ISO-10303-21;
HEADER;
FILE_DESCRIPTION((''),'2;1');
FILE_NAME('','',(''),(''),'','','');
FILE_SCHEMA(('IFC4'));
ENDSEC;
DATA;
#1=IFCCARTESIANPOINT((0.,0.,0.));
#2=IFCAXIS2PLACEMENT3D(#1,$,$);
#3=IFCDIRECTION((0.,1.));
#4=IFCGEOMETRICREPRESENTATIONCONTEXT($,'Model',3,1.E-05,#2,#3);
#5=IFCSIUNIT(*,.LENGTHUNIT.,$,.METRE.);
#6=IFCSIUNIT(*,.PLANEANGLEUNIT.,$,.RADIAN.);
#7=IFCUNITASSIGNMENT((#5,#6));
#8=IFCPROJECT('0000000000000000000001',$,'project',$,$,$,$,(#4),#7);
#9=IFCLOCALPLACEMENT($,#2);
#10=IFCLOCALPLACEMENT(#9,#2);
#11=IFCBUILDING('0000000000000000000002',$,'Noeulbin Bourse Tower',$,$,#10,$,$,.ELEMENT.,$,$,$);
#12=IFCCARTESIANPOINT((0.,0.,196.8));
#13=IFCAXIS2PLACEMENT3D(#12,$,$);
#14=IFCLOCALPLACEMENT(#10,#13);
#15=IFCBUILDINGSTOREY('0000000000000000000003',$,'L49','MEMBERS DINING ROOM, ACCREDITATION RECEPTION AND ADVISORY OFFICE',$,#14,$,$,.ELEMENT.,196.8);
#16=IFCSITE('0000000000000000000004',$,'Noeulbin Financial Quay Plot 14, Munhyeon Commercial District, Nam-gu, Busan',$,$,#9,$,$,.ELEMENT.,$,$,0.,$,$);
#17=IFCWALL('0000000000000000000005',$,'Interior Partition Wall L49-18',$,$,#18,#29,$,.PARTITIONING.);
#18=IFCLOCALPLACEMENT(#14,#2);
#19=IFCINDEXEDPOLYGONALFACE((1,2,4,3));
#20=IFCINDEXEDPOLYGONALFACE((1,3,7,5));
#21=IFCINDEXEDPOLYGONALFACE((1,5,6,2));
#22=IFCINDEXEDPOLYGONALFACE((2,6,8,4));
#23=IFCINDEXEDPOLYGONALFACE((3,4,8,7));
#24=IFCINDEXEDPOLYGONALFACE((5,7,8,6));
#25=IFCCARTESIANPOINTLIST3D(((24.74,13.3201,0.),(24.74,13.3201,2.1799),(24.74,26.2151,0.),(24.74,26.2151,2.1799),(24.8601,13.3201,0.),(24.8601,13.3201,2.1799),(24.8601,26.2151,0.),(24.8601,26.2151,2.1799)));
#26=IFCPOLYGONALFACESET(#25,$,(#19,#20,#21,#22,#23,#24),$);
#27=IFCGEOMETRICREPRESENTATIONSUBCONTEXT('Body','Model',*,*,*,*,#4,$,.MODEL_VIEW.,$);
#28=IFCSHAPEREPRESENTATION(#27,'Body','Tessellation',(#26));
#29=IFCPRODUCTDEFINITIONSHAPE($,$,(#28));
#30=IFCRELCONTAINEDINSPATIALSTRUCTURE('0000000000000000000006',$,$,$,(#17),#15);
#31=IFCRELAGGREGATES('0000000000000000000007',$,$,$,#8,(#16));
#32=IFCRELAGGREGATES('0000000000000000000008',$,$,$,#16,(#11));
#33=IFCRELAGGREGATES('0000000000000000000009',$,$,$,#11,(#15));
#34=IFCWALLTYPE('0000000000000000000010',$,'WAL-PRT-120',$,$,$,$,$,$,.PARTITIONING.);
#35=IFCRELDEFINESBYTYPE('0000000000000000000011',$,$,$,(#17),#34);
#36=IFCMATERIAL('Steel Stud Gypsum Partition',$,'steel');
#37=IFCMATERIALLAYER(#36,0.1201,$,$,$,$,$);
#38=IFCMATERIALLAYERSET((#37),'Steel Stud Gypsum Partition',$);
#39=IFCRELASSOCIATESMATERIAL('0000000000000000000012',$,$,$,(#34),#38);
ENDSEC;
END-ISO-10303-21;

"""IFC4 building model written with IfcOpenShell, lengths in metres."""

from ifc_helpers import new_model, si_unit, direction, frame, frame_2d, origin, place, context, subcontext, project, spatial, rectangle, extrude, material, layer, layer_set, type_object, element, save


model = new_model("IFC4")

# Units and contexts
model_context = context("Model", 3, precision=1e-05, world=origin(), true_north=direction((0.0, 1.0)))
body_context = subcontext(model_context, "Body", "Model", "MODEL_VIEW")
ifc_project = project(units=[si_unit("LENGTHUNIT", "METRE"), si_unit("PLANEANGLEUNIT", "RADIAN")], contexts=[model_context])

# Site, building, storey
site_placement = place(None, origin())
site = spatial("IfcSite", under=ifc_project, at=site_placement, Name="Noeulbin Financial Quay Plot 14, Munhyeon Commercial District, Nam-gu, Busan", CompositionType="ELEMENT", RefElevation=0.0)
building_placement = place(site_placement, origin())
building = spatial("IfcBuilding", under=site, at=building_placement, Name="Noeulbin Bourse Tower", CompositionType="ELEMENT")
storey_placement = place(building_placement, frame((0.0, 0.0, 196.8)))
storey = spatial("IfcBuildingStorey", under=building, at=storey_placement, Name="L49", Description="MEMBERS DINING ROOM, ACCREDITATION RECEPTION AND ADVISORY OFFICE", CompositionType="ELEMENT", Elevation=196.8)

# Wall
ifc_material_1 = material(Name="Steel Stud Gypsum Partition", Category="steel")
ifc_layer_1 = layer(ifc_material_1, 0.1201)
ifc_layer_set_1 = layer_set([ifc_layer_1], Name="Steel Stud Gypsum Partition")
wall_type_1 = type_object("IfcWallType", Name="WAL-PRT-120", PredefinedType="PARTITIONING", material=ifc_layer_set_1)
wall_1_placement = place(storey_placement, frame((24.8, 13.3201, 0.0), z_axis=(0.0, 0.0, 1.0), x_axis=(0.0, 1.0, 0.0)))
element("IfcWall", 1, at=wall_1_placement, inside=storey, type_object=wall_type_1, Name="Interior Partition Wall L49-18", PredefinedType="PARTITIONING", context=body_context, shape_type="SweptSolid", body=[
    extrude(rectangle(XDim=12.895, YDim=0.1201, at=frame_2d((6.4475, 0.0))), origin(), (0.0, 0.0, 1.0), 2.1799),
])

save(model, "model.ifc")
